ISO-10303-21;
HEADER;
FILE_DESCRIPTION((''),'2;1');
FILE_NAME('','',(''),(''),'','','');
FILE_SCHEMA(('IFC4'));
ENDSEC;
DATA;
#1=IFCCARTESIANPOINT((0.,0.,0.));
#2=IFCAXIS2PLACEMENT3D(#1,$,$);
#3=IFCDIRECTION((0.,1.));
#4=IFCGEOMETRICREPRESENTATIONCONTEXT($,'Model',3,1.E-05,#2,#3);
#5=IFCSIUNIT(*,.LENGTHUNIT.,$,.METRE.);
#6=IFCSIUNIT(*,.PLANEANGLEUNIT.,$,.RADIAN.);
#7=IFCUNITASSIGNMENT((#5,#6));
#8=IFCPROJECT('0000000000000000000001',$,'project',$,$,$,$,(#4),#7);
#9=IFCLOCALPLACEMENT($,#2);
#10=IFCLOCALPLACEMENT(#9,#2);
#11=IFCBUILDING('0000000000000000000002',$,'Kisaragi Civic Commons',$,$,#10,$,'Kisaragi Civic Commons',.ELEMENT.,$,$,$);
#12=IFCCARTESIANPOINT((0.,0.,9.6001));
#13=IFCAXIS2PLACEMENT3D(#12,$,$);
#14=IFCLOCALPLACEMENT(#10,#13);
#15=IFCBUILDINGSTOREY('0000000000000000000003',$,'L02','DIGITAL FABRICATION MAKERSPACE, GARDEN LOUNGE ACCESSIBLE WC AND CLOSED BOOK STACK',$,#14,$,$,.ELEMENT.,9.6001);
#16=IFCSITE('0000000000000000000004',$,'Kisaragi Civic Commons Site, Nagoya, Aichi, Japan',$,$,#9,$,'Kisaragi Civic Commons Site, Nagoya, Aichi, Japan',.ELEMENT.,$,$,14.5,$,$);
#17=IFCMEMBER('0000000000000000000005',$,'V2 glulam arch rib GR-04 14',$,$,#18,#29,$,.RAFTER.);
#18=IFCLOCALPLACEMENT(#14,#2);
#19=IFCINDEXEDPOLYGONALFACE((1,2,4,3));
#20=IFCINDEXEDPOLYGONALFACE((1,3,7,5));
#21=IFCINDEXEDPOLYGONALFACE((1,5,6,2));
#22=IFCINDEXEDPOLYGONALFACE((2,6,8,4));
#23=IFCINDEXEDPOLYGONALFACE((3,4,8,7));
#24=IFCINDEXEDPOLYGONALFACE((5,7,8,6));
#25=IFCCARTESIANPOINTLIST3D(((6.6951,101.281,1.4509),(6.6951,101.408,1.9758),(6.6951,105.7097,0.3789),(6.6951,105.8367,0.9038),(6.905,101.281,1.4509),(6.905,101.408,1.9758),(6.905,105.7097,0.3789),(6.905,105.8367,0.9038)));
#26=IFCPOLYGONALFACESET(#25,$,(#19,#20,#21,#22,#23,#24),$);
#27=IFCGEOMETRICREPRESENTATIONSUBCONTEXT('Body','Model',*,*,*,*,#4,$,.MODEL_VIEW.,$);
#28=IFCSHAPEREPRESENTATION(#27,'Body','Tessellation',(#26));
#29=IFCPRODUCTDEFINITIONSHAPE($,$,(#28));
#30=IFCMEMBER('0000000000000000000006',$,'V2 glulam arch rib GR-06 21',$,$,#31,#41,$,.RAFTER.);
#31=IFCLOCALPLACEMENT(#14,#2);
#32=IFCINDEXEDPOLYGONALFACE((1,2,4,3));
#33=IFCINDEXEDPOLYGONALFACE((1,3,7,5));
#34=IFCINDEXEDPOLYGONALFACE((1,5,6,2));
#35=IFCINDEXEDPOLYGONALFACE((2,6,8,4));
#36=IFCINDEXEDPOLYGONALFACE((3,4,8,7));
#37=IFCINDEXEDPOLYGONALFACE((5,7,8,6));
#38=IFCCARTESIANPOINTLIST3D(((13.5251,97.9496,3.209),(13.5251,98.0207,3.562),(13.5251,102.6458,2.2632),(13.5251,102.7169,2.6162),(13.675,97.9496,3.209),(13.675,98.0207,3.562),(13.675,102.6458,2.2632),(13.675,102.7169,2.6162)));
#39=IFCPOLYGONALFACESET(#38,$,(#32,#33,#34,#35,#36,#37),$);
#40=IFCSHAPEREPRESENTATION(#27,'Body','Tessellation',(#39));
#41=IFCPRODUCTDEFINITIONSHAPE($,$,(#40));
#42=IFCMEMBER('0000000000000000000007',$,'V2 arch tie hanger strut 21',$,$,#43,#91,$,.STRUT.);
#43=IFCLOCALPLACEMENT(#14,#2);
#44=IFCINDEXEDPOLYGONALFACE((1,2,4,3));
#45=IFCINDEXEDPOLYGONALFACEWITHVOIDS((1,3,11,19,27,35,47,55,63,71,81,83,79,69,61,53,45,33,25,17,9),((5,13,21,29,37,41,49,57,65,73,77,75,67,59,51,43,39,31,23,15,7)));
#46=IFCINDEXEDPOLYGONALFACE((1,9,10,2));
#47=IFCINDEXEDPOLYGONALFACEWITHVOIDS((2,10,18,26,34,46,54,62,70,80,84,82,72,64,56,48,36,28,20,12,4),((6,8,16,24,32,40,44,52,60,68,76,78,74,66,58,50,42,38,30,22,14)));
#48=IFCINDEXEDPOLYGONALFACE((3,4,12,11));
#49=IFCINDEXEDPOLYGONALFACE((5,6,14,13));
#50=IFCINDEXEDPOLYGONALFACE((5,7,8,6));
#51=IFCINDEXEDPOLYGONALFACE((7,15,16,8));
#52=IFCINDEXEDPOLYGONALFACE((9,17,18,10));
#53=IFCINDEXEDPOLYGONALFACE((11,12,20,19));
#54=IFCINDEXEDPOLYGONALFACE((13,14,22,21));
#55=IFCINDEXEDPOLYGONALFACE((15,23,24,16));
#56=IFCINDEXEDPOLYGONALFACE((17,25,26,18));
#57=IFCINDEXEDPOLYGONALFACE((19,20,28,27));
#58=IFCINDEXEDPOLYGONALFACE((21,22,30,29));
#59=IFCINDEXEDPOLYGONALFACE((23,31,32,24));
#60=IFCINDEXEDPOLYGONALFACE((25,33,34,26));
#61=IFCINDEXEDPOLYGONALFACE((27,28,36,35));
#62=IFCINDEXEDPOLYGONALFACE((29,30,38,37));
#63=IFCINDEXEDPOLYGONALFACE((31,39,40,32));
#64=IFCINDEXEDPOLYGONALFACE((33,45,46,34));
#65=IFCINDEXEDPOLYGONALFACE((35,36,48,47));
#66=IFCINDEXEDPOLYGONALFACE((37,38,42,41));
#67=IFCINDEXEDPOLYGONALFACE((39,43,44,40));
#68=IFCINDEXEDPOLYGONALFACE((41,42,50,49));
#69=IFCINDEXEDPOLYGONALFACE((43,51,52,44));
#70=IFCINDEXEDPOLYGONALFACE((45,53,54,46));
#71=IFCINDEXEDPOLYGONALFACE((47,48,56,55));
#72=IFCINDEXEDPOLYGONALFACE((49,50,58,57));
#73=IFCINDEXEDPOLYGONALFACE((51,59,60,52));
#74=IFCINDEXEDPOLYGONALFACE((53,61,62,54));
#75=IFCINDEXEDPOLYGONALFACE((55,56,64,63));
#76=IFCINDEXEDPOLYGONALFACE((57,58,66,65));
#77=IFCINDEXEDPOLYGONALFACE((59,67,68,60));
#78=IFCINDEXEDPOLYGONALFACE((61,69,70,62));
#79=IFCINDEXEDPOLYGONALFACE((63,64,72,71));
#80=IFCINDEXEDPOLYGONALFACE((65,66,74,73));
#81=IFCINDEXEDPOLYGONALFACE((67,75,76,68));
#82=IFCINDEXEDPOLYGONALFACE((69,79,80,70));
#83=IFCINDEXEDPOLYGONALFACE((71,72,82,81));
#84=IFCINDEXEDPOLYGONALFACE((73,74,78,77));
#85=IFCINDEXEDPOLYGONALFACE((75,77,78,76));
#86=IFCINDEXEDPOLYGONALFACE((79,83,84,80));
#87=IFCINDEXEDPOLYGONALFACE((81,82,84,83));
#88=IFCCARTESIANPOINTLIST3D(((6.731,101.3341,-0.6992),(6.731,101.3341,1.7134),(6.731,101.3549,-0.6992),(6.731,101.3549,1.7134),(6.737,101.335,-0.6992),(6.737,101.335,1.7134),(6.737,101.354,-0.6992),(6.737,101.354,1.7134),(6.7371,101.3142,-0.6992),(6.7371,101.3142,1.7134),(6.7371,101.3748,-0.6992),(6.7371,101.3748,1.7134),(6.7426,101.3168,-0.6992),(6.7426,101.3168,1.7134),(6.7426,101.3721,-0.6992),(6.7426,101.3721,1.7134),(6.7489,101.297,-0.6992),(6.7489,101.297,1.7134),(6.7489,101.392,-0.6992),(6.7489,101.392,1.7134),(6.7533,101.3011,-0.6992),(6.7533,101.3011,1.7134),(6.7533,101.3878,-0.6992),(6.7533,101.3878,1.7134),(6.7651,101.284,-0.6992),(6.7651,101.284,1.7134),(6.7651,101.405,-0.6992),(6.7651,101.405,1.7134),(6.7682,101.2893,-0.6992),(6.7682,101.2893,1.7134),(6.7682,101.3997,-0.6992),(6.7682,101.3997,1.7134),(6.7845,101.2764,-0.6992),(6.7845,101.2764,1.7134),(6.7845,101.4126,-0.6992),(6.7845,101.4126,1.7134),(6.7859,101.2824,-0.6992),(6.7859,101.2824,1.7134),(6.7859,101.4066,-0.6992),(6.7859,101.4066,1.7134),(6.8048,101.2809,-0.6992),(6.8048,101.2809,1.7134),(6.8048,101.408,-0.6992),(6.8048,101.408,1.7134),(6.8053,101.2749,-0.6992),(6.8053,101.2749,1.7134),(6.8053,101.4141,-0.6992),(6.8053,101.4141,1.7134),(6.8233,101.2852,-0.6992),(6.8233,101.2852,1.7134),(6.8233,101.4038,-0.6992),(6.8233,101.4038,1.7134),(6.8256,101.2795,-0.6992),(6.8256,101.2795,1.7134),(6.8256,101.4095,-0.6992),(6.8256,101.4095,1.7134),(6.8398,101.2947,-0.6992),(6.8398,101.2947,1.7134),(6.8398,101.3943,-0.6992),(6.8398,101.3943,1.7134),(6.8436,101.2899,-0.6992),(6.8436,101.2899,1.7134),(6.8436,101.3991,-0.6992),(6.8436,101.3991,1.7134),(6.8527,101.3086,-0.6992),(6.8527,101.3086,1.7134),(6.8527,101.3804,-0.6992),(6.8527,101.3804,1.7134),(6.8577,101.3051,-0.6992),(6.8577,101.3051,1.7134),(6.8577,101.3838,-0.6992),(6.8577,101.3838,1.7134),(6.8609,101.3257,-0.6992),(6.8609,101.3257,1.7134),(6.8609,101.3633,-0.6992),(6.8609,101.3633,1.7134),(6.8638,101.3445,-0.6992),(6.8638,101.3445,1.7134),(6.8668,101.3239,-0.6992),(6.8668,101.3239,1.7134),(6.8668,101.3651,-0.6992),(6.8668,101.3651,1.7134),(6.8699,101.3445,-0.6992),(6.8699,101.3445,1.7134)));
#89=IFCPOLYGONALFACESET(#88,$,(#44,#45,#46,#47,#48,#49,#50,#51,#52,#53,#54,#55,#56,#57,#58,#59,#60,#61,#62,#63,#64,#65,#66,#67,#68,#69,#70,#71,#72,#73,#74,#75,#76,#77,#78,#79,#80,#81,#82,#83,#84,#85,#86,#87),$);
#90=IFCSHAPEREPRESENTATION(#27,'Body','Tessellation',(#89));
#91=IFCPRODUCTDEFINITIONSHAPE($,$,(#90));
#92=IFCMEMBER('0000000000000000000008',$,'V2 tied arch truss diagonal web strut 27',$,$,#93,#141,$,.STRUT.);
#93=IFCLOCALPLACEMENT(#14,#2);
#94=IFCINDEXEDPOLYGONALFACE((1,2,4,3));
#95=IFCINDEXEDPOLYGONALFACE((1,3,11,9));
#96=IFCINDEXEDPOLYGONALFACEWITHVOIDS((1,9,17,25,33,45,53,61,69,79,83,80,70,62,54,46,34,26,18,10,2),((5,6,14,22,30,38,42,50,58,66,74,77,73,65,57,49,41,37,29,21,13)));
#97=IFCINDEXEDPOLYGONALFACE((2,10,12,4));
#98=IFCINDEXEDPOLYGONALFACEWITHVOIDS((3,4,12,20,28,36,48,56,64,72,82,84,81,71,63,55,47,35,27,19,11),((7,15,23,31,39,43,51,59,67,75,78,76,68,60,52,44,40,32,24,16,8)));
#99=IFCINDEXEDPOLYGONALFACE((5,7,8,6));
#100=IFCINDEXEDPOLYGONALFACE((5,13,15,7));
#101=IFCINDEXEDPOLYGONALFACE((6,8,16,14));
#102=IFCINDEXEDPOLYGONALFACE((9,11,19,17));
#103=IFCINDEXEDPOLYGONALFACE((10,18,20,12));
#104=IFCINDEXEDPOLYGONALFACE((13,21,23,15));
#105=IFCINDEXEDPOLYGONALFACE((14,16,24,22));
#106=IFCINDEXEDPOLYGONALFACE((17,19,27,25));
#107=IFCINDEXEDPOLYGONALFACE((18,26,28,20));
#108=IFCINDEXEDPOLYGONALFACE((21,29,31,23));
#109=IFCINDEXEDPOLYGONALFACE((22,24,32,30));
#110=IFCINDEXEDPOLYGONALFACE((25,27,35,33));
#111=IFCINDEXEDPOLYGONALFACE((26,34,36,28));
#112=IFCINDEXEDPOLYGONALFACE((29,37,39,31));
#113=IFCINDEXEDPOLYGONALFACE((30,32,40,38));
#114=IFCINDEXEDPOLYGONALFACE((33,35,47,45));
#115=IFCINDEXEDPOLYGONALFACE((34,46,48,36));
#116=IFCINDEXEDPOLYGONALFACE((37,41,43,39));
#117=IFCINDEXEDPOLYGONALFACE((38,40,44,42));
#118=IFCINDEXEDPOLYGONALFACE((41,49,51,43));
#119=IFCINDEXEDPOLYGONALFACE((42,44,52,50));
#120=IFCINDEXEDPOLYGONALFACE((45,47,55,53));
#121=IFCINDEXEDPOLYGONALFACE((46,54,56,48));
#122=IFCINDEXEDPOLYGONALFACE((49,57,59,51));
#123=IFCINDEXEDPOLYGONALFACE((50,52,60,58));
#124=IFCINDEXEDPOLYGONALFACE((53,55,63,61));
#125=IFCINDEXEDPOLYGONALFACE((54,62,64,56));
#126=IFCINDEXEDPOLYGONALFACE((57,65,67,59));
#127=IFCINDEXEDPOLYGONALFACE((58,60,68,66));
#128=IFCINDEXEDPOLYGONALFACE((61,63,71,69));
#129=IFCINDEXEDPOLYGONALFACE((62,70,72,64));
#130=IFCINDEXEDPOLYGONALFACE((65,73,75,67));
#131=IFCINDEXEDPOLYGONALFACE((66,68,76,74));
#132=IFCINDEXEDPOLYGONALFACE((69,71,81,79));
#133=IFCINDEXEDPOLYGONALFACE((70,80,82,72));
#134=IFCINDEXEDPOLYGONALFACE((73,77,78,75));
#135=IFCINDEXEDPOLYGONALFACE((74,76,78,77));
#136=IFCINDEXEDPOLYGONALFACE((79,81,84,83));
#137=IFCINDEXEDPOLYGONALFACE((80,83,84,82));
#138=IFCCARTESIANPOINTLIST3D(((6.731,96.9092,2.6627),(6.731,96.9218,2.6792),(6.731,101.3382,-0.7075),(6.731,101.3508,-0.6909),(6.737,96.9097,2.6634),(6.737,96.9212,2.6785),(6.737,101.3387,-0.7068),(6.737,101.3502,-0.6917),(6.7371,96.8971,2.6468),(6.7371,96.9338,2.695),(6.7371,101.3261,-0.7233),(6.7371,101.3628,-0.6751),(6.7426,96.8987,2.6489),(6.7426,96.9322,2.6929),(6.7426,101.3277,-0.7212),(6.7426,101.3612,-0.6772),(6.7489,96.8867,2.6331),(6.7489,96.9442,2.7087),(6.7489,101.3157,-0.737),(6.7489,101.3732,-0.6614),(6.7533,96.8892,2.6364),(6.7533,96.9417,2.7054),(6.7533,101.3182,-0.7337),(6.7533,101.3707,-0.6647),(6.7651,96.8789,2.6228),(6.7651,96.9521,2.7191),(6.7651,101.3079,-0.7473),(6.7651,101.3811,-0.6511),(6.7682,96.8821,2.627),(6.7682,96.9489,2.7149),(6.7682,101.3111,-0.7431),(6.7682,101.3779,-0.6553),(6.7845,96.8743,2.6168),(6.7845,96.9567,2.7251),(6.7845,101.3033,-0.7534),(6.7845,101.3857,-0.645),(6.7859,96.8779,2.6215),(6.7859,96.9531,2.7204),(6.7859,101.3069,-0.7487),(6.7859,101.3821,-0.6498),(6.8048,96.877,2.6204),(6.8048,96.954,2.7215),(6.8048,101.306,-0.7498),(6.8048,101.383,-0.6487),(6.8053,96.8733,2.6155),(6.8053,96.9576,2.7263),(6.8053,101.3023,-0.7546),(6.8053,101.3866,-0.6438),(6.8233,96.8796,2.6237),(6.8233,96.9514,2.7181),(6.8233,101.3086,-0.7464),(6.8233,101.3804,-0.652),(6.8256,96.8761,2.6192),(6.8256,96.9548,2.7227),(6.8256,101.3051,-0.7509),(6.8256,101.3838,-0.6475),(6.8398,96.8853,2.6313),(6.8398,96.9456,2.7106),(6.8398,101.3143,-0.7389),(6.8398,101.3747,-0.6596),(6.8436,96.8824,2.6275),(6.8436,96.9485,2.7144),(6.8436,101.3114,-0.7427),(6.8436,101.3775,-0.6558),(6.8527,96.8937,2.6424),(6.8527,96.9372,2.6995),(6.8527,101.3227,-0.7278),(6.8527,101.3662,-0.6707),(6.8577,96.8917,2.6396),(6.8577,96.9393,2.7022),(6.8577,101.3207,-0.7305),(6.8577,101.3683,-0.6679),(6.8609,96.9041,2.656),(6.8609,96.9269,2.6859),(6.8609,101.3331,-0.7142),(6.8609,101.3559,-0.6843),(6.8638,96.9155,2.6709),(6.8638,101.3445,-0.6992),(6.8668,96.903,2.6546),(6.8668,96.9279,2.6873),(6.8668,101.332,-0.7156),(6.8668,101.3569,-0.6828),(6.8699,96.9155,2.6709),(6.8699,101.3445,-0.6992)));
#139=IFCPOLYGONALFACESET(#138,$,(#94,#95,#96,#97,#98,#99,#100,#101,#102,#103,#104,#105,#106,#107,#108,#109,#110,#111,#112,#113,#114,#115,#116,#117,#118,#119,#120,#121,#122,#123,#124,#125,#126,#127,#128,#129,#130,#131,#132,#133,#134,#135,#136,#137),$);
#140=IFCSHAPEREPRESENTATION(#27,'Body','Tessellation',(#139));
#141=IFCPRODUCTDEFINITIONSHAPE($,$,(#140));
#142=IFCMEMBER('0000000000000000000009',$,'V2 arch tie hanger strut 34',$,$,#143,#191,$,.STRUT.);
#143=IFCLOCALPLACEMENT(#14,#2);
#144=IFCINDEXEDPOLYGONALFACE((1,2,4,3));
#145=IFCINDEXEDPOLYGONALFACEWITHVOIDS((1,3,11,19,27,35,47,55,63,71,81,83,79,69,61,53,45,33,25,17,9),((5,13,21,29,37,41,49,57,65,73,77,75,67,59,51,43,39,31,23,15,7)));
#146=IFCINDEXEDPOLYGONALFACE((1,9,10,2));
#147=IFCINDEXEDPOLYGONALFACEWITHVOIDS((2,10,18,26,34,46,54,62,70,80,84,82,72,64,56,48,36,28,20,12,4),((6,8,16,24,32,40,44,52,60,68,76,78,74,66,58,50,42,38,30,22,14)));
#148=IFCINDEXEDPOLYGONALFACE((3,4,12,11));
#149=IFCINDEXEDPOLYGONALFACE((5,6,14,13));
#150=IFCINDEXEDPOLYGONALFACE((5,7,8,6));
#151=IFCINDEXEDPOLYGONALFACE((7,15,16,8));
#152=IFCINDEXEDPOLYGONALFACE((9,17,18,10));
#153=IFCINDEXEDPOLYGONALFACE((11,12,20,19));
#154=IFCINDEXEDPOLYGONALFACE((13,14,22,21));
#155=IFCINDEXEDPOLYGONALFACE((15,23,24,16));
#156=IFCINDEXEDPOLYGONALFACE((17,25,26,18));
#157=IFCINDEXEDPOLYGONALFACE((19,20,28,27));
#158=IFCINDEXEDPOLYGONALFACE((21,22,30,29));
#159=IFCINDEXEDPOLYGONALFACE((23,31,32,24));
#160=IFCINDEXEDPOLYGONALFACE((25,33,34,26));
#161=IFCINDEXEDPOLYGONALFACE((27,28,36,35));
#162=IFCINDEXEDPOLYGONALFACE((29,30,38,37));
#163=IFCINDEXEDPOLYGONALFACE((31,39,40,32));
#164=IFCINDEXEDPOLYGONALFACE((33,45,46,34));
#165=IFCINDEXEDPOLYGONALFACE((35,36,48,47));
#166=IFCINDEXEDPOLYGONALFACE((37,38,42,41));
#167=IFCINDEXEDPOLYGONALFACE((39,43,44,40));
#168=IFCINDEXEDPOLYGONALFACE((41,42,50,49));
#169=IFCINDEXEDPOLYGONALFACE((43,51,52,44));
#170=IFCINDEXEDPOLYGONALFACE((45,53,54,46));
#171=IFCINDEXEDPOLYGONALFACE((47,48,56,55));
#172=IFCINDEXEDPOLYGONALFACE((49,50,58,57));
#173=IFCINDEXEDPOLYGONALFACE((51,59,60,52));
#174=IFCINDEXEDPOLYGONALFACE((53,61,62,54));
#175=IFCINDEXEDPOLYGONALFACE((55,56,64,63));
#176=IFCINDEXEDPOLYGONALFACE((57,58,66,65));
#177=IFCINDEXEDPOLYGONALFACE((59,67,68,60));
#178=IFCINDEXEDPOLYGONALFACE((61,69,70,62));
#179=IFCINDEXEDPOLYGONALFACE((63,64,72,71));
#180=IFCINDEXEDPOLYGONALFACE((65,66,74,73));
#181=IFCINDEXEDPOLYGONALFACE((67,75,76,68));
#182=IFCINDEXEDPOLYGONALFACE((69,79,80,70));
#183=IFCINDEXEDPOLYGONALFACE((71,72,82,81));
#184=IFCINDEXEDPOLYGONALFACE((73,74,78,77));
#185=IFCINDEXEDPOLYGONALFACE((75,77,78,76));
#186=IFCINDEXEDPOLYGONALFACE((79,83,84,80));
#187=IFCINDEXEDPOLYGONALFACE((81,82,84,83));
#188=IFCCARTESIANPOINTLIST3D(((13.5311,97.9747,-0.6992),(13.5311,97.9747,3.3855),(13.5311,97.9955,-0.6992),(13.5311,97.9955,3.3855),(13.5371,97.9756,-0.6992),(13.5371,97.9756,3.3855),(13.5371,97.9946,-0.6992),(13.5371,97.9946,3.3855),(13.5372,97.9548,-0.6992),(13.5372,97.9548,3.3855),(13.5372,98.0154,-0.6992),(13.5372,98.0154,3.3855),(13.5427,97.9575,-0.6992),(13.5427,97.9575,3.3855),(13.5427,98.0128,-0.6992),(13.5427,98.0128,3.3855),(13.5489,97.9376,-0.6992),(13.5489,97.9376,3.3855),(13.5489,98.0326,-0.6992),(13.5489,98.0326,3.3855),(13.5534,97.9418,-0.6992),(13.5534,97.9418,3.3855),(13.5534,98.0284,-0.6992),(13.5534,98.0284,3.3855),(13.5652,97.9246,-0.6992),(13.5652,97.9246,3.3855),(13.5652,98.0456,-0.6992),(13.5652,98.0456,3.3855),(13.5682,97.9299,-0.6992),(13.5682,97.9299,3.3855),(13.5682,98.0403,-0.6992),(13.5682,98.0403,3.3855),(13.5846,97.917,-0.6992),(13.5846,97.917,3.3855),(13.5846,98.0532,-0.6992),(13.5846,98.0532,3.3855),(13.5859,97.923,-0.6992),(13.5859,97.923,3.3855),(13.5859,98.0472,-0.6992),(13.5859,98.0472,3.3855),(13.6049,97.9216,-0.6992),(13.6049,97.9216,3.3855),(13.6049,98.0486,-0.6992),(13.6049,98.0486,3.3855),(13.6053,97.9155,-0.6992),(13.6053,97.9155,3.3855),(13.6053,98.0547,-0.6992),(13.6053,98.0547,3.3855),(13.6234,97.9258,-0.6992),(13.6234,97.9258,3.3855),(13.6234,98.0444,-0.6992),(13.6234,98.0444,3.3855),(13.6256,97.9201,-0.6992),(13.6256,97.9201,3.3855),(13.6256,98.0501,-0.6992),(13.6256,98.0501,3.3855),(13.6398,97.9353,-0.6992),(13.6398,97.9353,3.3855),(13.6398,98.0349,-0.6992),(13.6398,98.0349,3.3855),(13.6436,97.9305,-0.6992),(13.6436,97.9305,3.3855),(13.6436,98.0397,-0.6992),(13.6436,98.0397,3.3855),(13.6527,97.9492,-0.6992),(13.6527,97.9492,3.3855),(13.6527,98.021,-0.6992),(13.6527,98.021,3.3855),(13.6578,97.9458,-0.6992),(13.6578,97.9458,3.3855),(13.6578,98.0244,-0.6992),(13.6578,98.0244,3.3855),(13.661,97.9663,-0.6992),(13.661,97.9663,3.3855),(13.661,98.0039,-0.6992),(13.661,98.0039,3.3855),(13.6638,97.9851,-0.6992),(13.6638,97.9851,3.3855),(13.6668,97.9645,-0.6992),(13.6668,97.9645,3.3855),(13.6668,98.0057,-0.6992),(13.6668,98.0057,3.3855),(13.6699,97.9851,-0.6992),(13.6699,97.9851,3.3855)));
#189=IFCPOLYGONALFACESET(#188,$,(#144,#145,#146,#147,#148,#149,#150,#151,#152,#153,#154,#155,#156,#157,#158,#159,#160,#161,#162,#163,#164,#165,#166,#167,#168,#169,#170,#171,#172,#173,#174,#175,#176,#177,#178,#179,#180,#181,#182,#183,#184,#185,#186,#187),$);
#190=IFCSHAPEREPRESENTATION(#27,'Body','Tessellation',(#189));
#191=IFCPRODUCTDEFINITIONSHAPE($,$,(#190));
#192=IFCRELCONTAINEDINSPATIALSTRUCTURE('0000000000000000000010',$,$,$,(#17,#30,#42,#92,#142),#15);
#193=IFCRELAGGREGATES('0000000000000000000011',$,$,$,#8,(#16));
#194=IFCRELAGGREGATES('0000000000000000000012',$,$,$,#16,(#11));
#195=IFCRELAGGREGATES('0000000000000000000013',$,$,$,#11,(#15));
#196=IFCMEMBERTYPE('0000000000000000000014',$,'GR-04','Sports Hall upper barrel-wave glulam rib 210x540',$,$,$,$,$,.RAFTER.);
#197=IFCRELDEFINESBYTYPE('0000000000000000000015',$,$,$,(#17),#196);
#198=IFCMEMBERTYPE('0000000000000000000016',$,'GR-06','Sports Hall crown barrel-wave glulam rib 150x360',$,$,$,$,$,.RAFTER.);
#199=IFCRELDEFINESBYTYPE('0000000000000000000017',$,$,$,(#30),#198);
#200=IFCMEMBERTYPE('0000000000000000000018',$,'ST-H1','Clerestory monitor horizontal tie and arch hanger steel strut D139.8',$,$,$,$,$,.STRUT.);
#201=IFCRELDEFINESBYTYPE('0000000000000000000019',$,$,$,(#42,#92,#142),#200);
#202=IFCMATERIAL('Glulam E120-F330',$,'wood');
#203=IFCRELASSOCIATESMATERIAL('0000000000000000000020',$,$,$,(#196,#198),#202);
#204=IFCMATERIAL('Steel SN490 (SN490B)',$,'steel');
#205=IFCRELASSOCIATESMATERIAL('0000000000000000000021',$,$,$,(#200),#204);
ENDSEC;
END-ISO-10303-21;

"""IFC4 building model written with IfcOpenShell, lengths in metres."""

from ifc_helpers import new_model, si_unit, direction, frame, origin, origin_2d, place, context, subcontext, project, spatial, rectangle, hollow_circle, extrude, material, material_profile, profile_set, type_object, element, save


model = new_model("IFC4")

# Units and contexts
model_context = context("Model", 3, precision=1e-05, world=origin(), true_north=direction((0.0, 1.0)))
body_context = subcontext(model_context, "Body", "Model", "MODEL_VIEW")
ifc_project = project(units=[si_unit("LENGTHUNIT", "METRE"), si_unit("PLANEANGLEUNIT", "RADIAN")], contexts=[model_context])

# Site, building, storey
site_placement = place(None, origin())
site = spatial("IfcSite", under=ifc_project, at=site_placement, Name="Kisaragi Civic Commons Site, Nagoya, Aichi, Japan", LongName="Kisaragi Civic Commons Site, Nagoya, Aichi, Japan", CompositionType="ELEMENT", RefElevation=14.5)
building_placement = place(site_placement, origin())
building = spatial("IfcBuilding", under=site, at=building_placement, Name="Kisaragi Civic Commons", LongName="Kisaragi Civic Commons", CompositionType="ELEMENT")
storey_placement = place(building_placement, frame((0.0, 0.0, 9.6001)))
storey = spatial("IfcBuildingStorey", under=building, at=storey_placement, Name="L02", Description="DIGITAL FABRICATION MAKERSPACE, GARDEN LOUNGE ACCESSIBLE WC AND CLOSED BOOK STACK", CompositionType="ELEMENT", Elevation=9.6001)

# Members
ifc_material_1 = material(Name="Steel SN490 (SN490B)", Category="steel")
ifc_material_2 = material(Name="Glulam E120-F330", Category="wood")
ifc_material_profile_1 = material_profile(ifc_material_2, rectangle(XDim=0.21, YDim=0.54, at=origin_2d()), Name="GL-210x540", Category="wood")
ifc_profile_set_1 = profile_set([ifc_material_profile_1], Name="Glulam E120-F330")
member_type_1 = type_object("IfcMemberType", Name="GR-04", Description="Sports Hall upper barrel-wave glulam rib 210x540", PredefinedType="RAFTER", material=ifc_profile_set_1)
member_1_placement = place(storey_placement, frame((6.8, 101.3445, 1.7134), z_axis=(0.0, 0.971931, -0.235267), x_axis=(-1.0, 0.0, 0.0)))
element("IfcMember", 1, at=member_1_placement, inside=storey, type_object=member_type_1, Name="V2 glulam arch rib GR-04 14", PredefinedType="RAFTER", context=body_context, shape_type="SweptSolid", body=[
    extrude(rectangle(XDim=0.21, YDim=0.54, at=origin_2d()), origin(), (0.0, 0.0, 1.0), 4.5566),
])
ifc_material_profile_2 = material_profile(ifc_material_2, rectangle(XDim=0.1499, YDim=0.3601, at=origin_2d()), Name="GL-150x360", Category="wood")
ifc_profile_set_2 = profile_set([ifc_material_profile_2], Name="Glulam E120-F330")
member_type_2 = type_object("IfcMemberType", Name="GR-06", Description="Sports Hall crown barrel-wave glulam rib 150x360", PredefinedType="RAFTER", material=ifc_profile_set_2)
member_2_placement = place(storey_placement, frame((13.6001, 97.9851, 3.3855), z_axis=(0.0, 0.980317, -0.197429), x_axis=(-1.0, 0.0, 0.0)))
element("IfcMember", 2, at=member_2_placement, inside=storey, type_object=member_type_2, Name="V2 glulam arch rib GR-06 21", PredefinedType="RAFTER", context=body_context, shape_type="SweptSolid", body=[
    extrude(rectangle(XDim=0.1499, YDim=0.3601, at=origin_2d()), origin(), (0.0, 0.0, 1.0), 4.7905),
])
ifc_material_profile_3 = material_profile(ifc_material_1, hollow_circle(Radius=0.0698, WallThickness=0.0061, at=origin_2d()), Name="CHS-139.8x6.0", Category="steel")
ifc_profile_set_3 = profile_set([ifc_material_profile_3], Name="Steel SN490 (SN490B)")
member_type_3 = type_object("IfcMemberType", Name="ST-H1", Description="Clerestory monitor horizontal tie and arch hanger steel strut D139.8", PredefinedType="STRUT", material=ifc_profile_set_3)
member_3_placement = place(storey_placement, frame((6.8, 101.3445, -0.6992), z_axis=(0.0, 0.0, 1.0), x_axis=(1.0, 0.0, 0.0)))
element("IfcMember", 3, at=member_3_placement, inside=storey, type_object=member_type_3, Name="V2 arch tie hanger strut 21", PredefinedType="STRUT", context=body_context, shape_type="SweptSolid", body=[
    extrude(hollow_circle(Radius=0.0698, WallThickness=0.0061, at=origin_2d()), origin(), (0.0, 0.0, 1.0), 2.4126),
])
member_4_placement = place(storey_placement, frame((6.8, 101.3445, -0.6992), z_axis=(0.0, -0.795806, 0.605551), x_axis=(1.0, 0.0, 0.0)))
element("IfcMember", 4, at=member_4_placement, inside=storey, type_object=member_type_3, Name="V2 tied arch truss diagonal web strut 27", PredefinedType="STRUT", context=body_context, shape_type="SweptSolid", body=[
    extrude(hollow_circle(Radius=0.0698, WallThickness=0.0061, at=origin_2d()), origin(), (0.0, 0.0, 1.0), 5.5654),
])
member_5_placement = place(storey_placement, frame((13.6001, 97.9851, -0.6992), z_axis=(0.0, 0.0, 1.0), x_axis=(1.0, 0.0, 0.0)))
element("IfcMember", 5, at=member_5_placement, inside=storey, type_object=member_type_3, Name="V2 arch tie hanger strut 34", PredefinedType="STRUT", context=body_context, shape_type="SweptSolid", body=[
    extrude(hollow_circle(Radius=0.0698, WallThickness=0.0061, at=origin_2d()), origin(), (0.0, 0.0, 1.0), 4.0847),
])

save(model, "model.ifc")
